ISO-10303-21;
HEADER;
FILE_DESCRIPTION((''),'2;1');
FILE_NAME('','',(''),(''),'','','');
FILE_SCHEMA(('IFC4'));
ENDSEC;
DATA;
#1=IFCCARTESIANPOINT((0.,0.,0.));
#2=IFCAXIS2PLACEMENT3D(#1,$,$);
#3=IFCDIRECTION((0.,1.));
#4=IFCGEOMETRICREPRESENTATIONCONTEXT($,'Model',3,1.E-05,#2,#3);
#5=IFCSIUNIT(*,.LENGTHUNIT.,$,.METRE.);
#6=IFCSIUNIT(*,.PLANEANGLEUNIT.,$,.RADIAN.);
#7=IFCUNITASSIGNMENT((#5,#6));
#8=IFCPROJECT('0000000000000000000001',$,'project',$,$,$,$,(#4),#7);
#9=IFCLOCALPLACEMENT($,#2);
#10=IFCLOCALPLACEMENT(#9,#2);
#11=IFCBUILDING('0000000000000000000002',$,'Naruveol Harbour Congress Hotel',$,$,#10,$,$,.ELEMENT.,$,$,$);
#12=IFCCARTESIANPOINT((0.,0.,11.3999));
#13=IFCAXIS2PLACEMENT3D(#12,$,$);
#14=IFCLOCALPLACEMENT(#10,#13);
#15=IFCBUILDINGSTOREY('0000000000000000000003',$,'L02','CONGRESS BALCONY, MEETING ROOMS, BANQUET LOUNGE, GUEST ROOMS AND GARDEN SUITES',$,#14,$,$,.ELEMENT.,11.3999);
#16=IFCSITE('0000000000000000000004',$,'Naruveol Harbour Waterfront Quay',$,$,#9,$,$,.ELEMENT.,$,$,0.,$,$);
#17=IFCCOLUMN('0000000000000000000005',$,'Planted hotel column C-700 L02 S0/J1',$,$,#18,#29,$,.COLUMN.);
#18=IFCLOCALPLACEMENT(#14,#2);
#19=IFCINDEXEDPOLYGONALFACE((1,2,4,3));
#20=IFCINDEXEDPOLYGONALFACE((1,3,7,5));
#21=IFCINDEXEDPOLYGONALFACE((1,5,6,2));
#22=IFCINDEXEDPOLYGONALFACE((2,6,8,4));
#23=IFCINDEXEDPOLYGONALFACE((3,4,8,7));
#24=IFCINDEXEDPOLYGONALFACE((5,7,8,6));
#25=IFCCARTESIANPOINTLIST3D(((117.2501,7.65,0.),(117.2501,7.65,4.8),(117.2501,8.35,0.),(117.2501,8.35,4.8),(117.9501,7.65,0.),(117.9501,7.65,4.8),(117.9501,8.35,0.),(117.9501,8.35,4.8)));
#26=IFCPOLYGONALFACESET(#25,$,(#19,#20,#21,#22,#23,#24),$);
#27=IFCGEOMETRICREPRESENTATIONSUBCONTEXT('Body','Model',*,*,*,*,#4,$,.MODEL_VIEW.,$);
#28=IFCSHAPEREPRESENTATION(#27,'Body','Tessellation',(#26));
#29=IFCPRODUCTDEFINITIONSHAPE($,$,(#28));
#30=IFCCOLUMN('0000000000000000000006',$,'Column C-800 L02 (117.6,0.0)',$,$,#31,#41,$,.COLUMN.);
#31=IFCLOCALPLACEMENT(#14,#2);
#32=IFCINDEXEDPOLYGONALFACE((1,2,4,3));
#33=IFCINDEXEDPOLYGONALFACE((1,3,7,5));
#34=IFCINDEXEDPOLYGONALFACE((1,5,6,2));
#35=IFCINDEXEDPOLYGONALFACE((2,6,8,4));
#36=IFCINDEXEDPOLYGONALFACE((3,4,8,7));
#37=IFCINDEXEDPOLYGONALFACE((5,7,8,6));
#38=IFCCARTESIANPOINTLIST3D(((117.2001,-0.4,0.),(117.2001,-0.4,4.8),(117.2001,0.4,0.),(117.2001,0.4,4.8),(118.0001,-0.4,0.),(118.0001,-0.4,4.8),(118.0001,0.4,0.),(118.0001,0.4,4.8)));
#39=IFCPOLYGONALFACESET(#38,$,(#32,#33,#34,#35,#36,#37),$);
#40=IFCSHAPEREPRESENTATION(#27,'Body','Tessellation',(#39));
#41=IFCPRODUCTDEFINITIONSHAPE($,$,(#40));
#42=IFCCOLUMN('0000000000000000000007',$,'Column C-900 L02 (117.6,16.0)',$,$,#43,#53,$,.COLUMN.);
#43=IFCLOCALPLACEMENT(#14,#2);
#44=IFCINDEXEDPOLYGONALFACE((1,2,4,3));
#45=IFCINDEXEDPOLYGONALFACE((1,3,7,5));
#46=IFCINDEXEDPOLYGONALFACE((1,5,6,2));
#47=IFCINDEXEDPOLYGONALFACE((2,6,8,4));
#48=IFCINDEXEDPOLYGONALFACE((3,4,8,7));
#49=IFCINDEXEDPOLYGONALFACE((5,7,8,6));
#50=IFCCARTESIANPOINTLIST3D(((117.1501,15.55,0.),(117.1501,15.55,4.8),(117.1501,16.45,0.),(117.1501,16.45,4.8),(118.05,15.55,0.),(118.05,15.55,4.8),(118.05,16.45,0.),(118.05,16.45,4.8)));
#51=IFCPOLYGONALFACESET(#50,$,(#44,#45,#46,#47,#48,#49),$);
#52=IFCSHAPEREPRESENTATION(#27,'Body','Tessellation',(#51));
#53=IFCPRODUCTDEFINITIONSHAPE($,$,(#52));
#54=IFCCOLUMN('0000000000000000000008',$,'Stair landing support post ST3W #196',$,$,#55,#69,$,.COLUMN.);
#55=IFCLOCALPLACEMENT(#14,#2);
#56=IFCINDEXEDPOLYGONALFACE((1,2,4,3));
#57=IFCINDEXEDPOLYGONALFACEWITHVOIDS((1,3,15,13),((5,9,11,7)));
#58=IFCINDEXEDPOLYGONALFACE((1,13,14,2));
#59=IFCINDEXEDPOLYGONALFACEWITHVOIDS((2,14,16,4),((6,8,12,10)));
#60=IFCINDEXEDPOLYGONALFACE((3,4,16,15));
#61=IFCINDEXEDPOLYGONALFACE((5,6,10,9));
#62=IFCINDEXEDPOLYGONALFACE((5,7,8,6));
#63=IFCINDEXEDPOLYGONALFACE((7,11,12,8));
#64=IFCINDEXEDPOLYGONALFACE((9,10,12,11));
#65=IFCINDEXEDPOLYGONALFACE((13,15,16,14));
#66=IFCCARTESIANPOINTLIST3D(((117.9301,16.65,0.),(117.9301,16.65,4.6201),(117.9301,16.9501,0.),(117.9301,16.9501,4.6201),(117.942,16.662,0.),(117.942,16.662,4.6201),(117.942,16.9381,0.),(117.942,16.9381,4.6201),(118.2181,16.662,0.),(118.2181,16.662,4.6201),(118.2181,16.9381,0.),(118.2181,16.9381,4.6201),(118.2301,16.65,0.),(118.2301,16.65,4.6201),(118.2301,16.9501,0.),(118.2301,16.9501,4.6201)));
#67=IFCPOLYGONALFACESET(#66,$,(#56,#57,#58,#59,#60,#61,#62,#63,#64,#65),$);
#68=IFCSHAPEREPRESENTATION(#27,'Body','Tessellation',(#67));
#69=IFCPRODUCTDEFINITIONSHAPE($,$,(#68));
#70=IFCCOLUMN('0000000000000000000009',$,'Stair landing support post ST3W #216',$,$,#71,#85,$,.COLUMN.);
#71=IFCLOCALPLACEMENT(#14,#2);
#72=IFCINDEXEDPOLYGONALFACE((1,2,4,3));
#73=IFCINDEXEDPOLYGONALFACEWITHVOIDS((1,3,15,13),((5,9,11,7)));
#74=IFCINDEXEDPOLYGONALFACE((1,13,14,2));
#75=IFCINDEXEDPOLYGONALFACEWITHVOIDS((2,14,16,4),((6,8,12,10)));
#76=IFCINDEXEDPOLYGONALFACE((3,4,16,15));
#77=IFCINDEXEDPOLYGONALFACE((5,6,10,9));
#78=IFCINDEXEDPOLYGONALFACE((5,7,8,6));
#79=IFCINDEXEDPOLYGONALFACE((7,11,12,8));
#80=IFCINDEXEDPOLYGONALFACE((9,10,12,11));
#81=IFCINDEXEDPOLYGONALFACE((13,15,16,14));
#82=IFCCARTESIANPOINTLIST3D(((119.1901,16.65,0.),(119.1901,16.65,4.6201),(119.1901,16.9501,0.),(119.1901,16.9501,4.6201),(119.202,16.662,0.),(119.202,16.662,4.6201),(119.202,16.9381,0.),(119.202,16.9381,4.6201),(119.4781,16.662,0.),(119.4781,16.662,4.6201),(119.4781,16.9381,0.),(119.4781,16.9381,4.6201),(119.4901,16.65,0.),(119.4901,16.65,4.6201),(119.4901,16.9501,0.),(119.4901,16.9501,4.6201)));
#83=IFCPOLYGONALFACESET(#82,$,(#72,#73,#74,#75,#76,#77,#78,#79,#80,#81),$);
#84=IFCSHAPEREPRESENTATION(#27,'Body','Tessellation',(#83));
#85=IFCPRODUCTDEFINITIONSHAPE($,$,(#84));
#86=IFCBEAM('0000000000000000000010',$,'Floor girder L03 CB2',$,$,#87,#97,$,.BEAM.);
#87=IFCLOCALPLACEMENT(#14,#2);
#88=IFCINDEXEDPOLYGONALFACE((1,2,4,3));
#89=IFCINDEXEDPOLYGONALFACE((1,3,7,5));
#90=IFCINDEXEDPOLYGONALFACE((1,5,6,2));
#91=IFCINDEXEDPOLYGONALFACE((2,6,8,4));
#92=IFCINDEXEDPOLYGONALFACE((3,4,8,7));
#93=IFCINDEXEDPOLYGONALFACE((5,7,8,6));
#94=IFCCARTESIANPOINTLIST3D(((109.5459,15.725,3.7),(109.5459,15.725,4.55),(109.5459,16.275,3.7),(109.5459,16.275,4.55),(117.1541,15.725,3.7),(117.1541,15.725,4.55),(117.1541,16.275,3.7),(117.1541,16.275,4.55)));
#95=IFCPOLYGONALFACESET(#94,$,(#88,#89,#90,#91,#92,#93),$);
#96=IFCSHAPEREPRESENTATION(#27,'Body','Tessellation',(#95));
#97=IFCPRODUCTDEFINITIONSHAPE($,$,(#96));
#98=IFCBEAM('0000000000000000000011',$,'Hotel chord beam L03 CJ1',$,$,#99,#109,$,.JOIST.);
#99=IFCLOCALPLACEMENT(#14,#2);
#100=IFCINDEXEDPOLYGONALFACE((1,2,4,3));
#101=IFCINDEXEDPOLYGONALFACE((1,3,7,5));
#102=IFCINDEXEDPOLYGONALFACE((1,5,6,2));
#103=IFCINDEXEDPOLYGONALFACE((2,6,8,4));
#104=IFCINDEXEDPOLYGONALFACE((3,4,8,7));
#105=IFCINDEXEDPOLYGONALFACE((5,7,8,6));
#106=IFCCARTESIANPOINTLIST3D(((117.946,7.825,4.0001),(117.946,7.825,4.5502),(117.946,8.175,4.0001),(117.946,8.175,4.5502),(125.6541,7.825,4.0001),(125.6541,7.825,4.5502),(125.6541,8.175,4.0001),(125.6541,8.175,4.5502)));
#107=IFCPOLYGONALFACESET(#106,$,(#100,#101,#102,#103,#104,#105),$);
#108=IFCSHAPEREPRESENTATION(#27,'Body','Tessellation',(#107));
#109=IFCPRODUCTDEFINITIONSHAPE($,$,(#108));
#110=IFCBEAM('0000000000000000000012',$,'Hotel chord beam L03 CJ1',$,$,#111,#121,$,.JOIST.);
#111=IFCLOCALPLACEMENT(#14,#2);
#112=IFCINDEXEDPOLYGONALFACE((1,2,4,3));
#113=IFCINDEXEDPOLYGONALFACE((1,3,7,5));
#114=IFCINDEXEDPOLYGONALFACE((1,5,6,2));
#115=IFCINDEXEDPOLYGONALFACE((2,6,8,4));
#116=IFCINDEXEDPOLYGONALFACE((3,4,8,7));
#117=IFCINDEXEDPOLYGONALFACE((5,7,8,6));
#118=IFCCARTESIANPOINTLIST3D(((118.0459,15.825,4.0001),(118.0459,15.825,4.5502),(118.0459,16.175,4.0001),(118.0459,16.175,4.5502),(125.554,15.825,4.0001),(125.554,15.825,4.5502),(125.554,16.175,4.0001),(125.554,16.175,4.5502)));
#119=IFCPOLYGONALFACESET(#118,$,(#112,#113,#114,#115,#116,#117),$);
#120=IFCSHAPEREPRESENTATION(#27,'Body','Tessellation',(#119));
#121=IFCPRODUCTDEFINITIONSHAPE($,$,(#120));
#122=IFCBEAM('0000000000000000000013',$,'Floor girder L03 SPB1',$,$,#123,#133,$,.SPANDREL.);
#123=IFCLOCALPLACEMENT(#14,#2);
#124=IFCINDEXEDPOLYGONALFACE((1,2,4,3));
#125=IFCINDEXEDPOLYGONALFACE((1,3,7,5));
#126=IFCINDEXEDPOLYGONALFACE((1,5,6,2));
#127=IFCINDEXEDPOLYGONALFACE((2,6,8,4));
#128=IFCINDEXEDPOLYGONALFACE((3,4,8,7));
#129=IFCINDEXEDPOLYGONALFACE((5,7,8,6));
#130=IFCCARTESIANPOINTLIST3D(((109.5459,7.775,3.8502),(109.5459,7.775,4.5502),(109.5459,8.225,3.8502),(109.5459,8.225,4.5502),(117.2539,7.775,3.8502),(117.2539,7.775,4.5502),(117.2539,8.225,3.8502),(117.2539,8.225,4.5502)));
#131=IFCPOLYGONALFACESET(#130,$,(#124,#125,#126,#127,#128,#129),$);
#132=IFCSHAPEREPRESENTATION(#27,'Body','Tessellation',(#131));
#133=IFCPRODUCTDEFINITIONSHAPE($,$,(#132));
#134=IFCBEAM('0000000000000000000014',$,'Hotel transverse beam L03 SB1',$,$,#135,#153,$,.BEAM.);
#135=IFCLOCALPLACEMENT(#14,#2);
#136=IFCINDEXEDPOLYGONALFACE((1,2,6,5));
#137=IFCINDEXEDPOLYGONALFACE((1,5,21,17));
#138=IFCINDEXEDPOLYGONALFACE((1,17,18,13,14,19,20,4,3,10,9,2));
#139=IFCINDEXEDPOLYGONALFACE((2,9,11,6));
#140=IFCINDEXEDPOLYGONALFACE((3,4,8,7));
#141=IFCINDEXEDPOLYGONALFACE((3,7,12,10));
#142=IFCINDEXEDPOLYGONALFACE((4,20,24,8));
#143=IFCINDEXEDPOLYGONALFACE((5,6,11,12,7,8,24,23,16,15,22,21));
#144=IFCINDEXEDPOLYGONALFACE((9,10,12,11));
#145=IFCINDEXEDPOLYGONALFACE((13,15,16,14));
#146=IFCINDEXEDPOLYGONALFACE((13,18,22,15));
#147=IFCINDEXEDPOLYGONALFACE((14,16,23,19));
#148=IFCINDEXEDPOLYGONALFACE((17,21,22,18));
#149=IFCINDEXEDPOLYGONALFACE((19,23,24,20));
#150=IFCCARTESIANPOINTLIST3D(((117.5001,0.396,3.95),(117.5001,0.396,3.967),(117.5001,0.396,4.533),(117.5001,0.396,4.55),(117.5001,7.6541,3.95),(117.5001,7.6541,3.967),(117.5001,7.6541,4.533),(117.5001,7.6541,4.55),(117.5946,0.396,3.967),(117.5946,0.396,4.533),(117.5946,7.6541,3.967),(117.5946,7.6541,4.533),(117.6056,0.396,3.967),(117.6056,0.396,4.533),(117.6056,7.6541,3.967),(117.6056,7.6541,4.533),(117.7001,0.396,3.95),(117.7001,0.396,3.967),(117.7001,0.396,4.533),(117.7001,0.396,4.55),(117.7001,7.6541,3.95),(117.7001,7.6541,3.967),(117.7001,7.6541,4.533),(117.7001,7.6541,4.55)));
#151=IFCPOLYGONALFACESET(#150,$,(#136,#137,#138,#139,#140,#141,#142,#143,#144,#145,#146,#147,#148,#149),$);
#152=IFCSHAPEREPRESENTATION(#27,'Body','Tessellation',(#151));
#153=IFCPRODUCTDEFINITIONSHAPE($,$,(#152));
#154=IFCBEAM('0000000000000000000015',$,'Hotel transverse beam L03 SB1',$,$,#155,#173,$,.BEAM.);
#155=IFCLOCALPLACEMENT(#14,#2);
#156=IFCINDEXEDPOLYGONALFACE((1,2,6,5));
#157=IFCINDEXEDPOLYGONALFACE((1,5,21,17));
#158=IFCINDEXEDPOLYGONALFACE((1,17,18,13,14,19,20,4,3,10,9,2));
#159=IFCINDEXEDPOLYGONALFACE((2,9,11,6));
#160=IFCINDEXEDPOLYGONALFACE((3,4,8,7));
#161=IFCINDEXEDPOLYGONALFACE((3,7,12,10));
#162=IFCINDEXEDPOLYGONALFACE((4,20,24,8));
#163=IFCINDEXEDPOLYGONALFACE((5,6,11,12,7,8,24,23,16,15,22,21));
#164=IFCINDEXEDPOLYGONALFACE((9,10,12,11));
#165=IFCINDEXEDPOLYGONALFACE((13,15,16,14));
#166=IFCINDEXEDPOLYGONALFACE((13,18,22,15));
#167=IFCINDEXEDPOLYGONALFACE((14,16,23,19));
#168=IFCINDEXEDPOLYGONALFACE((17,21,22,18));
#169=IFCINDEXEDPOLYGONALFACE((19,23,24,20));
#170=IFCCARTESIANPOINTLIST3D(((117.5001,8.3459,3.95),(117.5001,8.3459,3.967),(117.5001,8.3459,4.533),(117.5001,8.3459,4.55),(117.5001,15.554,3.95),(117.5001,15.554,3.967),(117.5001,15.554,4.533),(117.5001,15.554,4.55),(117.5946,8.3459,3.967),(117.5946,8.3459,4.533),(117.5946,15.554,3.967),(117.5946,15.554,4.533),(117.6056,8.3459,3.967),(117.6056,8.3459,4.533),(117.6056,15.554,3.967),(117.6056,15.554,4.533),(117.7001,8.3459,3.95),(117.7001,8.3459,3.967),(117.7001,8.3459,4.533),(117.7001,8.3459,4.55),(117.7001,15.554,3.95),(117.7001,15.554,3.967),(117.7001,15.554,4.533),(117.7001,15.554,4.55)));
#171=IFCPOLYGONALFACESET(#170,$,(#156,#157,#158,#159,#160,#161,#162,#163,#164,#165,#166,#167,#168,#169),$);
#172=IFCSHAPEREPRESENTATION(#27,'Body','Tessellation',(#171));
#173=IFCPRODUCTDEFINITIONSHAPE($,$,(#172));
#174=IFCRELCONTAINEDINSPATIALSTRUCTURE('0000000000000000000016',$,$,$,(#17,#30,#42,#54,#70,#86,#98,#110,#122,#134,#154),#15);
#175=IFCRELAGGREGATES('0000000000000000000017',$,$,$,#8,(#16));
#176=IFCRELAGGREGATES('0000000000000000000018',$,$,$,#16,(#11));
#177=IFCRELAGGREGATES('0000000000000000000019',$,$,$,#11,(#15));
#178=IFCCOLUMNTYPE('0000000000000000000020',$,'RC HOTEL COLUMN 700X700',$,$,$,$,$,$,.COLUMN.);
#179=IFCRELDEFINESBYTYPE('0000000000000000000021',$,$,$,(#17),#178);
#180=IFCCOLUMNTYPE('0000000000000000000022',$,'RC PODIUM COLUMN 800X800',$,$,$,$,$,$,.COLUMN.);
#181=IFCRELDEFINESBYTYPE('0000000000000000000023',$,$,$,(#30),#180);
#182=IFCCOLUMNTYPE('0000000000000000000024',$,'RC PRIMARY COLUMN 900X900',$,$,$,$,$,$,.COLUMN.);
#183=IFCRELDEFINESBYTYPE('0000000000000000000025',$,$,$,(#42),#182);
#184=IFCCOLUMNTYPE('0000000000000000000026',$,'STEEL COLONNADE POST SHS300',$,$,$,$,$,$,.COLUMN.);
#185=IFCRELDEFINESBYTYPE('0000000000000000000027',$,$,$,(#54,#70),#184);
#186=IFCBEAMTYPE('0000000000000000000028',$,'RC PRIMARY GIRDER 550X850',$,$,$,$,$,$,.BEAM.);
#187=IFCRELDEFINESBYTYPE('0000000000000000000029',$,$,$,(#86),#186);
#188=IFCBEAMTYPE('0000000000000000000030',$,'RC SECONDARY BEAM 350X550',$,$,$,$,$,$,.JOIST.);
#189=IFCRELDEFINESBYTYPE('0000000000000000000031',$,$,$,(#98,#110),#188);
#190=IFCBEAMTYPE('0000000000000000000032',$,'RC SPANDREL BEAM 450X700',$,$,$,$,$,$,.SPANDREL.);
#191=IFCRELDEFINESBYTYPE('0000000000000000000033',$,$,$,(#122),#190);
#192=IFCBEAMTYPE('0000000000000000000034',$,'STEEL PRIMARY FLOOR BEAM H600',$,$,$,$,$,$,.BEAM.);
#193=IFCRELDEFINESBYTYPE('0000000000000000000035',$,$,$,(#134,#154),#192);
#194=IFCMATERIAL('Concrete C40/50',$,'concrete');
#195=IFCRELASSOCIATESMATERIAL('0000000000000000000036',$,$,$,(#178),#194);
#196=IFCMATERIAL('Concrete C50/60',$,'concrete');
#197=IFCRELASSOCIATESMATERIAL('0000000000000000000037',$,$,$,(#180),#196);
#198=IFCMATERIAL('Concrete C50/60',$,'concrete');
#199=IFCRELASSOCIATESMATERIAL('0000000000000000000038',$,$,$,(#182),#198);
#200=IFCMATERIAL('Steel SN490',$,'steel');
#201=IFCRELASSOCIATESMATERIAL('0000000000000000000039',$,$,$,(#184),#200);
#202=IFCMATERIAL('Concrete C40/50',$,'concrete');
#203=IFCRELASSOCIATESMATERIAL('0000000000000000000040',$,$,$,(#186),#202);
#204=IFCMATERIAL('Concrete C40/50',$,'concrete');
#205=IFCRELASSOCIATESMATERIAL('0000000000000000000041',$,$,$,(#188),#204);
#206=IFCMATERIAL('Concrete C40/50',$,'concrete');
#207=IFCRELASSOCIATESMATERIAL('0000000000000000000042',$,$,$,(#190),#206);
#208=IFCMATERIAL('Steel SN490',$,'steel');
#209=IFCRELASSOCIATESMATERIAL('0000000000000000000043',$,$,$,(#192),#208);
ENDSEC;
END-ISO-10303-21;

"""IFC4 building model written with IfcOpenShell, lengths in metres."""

from ifc_helpers import new_model, si_unit, direction, frame, origin, origin_2d, place, context, subcontext, project, spatial, rectangle, hollow_rectangle, i_section, extrude, material, material_profile, profile_set, type_object, element, save


model = new_model("IFC4")

# Units and contexts
model_context = context("Model", 3, precision=1e-05, world=origin(), true_north=direction((0.0, 1.0)))
body_context = subcontext(model_context, "Body", "Model", "MODEL_VIEW")
ifc_project = project(units=[si_unit("LENGTHUNIT", "METRE"), si_unit("PLANEANGLEUNIT", "RADIAN")], contexts=[model_context])

# Site, building, storey
site_placement = place(None, origin())
site = spatial("IfcSite", under=ifc_project, at=site_placement, Name="Naruveol Harbour Waterfront Quay", CompositionType="ELEMENT", RefElevation=0.0)
building_placement = place(site_placement, origin())
building = spatial("IfcBuilding", under=site, at=building_placement, Name="Naruveol Harbour Congress Hotel", CompositionType="ELEMENT")
storey_placement = place(building_placement, frame((0.0, 0.0, 11.3999)))
storey = spatial("IfcBuildingStorey", under=building, at=storey_placement, Name="L02", Description="CONGRESS BALCONY, MEETING ROOMS, BANQUET LOUNGE, GUEST ROOMS AND GARDEN SUITES", CompositionType="ELEMENT", Elevation=11.3999)

# Columns
ifc_material_1 = material(Name="Concrete C40/50", Category="concrete")
ifc_material_profile_1 = material_profile(ifc_material_1, rectangle(XDim=0.7, YDim=0.7, at=origin_2d()), Name="RC-700x700")
ifc_profile_set_1 = profile_set([ifc_material_profile_1], Name="Concrete C40/50")
column_type_1 = type_object("IfcColumnType", Name="RC HOTEL COLUMN 700X700", PredefinedType="COLUMN", material=ifc_profile_set_1)
column_1_placement = place(storey_placement, frame((117.6001, 8.0, 0.0), z_axis=(0.0, 0.0, 1.0), x_axis=(1.0, 0.0, 0.0)))
element("IfcColumn", 1, at=column_1_placement, inside=storey, type_object=column_type_1, Name="Planted hotel column C-700 L02 S0/J1", PredefinedType="COLUMN", context=body_context, shape_type="SweptSolid", body=[
    extrude(rectangle(XDim=0.7, YDim=0.7, at=origin_2d()), origin(), (0.0, 0.0, 1.0), 4.8),
])
ifc_material_2 = material(Name="Concrete C50/60", Category="concrete")
ifc_material_profile_2 = material_profile(ifc_material_2, rectangle(XDim=0.8, YDim=0.8, at=origin_2d()), Name="RC-800x800")
ifc_profile_set_2 = profile_set([ifc_material_profile_2], Name="Concrete C50/60")
column_type_2 = type_object("IfcColumnType", Name="RC PODIUM COLUMN 800X800", PredefinedType="COLUMN", material=ifc_profile_set_2)
column_2_placement = place(storey_placement, frame((117.6001, 0.0, 0.0), z_axis=(0.0, 0.0, 1.0), x_axis=(1.0, 0.0, 0.0)))
element("IfcColumn", 2, at=column_2_placement, inside=storey, type_object=column_type_2, Name="Column C-800 L02 (117.6,0.0)", PredefinedType="COLUMN", context=body_context, shape_type="SweptSolid", body=[
    extrude(rectangle(XDim=0.8, YDim=0.8, at=origin_2d()), origin(), (0.0, 0.0, 1.0), 4.8),
])
ifc_material_3 = material(Name="Concrete C50/60", Category="concrete")
ifc_material_profile_3 = material_profile(ifc_material_3, rectangle(XDim=0.8999, YDim=0.8999, at=origin_2d()), Name="RC-900x900")
ifc_profile_set_3 = profile_set([ifc_material_profile_3], Name="Concrete C50/60")
column_type_3 = type_object("IfcColumnType", Name="RC PRIMARY COLUMN 900X900", PredefinedType="COLUMN", material=ifc_profile_set_3)
column_3_placement = place(storey_placement, frame((117.6001, 16.0, 0.0), z_axis=(0.0, 0.0, 1.0), x_axis=(1.0, 0.0, 0.0)))
element("IfcColumn", 3, at=column_3_placement, inside=storey, type_object=column_type_3, Name="Column C-900 L02 (117.6,16.0)", PredefinedType="COLUMN", context=body_context, shape_type="SweptSolid", body=[
    extrude(rectangle(XDim=0.8999, YDim=0.8999, at=origin_2d()), origin(), (0.0, 0.0, 1.0), 4.8),
])
ifc_material_4 = material(Name="Steel SN490", Category="steel")
ifc_material_profile_4 = material_profile(ifc_material_4, hollow_rectangle(XDim=0.3, YDim=0.3, WallThickness=0.012, at=origin_2d()), Name="SHS-300x300x12")
ifc_profile_set_4 = profile_set([ifc_material_profile_4], Name="Steel SN490")
column_type_4 = type_object("IfcColumnType", Name="STEEL COLONNADE POST SHS300", PredefinedType="COLUMN", material=ifc_profile_set_4)
for number, where, z_axis, x_axis, name in (
    (4, (118.0801, 16.8, 0.0), (0.0, 0.0, 1.0), (1.0, 0.0, 0.0), "Stair landing support post ST3W #196"),
    (5, (119.3401, 16.8, 0.0), (0.0, 0.0, 1.0), (1.0, 0.0, 0.0), "Stair landing support post ST3W #216"),
):
    element("IfcColumn", number, at=place(storey_placement, frame(where, z_axis=z_axis, x_axis=x_axis)), inside=storey, type_object=column_type_4, Name=name, PredefinedType="COLUMN", context=body_context, shape_type="SweptSolid", body=[
        extrude(hollow_rectangle(XDim=0.3, YDim=0.3, WallThickness=0.012, at=origin_2d()), origin(), (0.0, 0.0, 1.0), 4.6201),
    ])

# Beams
ifc_material_5 = material(Name="Concrete C40/50", Category="concrete")
ifc_material_profile_5 = material_profile(ifc_material_5, rectangle(XDim=0.55, YDim=0.8501, at=origin_2d()), Name="RCB-550x850")
ifc_profile_set_5 = profile_set([ifc_material_profile_5], Name="Concrete C40/50")
beam_type_1 = type_object("IfcBeamType", Name="RC PRIMARY GIRDER 550X850", PredefinedType="BEAM", material=ifc_profile_set_5)
beam_1_placement = place(storey_placement, frame((109.5459, 16.0, 4.125), z_axis=(1.0, 0.0, 0.0), x_axis=(0.0, 1.0, 0.0)))
element("IfcBeam", 6, at=beam_1_placement, inside=storey, type_object=beam_type_1, Name="Floor girder L03 CB2", PredefinedType="BEAM", context=body_context, shape_type="SweptSolid", body=[
    extrude(rectangle(XDim=0.55, YDim=0.8501, at=origin_2d()), origin(), (0.0, 0.0, 1.0), 7.6082),
])
ifc_material_6 = material(Name="Concrete C40/50", Category="concrete")
ifc_material_profile_6 = material_profile(ifc_material_6, rectangle(XDim=0.3501, YDim=0.55, at=origin_2d()), Name="RCB-350x550")
ifc_profile_set_6 = profile_set([ifc_material_profile_6], Name="Concrete C40/50")
beam_type_2 = type_object("IfcBeamType", Name="RC SECONDARY BEAM 350X550", PredefinedType="JOIST", material=ifc_profile_set_6)
beam_2_placement = place(storey_placement, frame((117.946, 8.0, 4.2751), z_axis=(1.0, 0.0, 0.0), x_axis=(0.0, 1.0, 0.0)))
element("IfcBeam", 7, at=beam_2_placement, inside=storey, type_object=beam_type_2, Name="Hotel chord beam L03 CJ1", PredefinedType="JOIST", context=body_context, shape_type="SweptSolid", body=[
    extrude(rectangle(XDim=0.3501, YDim=0.55, at=origin_2d()), origin(), (0.0, 0.0, 1.0), 7.708),
])
beam_3_placement = place(storey_placement, frame((118.0459, 16.0, 4.2751), z_axis=(1.0, 0.0, 0.0), x_axis=(0.0, 1.0, 0.0)))
element("IfcBeam", 8, at=beam_3_placement, inside=storey, type_object=beam_type_2, Name="Hotel chord beam L03 CJ1", PredefinedType="JOIST", context=body_context, shape_type="SweptSolid", body=[
    extrude(rectangle(XDim=0.3501, YDim=0.55, at=origin_2d()), origin(), (0.0, 0.0, 1.0), 7.5081),
])
ifc_material_7 = material(Name="Concrete C40/50", Category="concrete")
ifc_material_profile_7 = material_profile(ifc_material_7, rectangle(XDim=0.45, YDim=0.7, at=origin_2d()), Name="RCB-450x700")
ifc_profile_set_7 = profile_set([ifc_material_profile_7], Name="Concrete C40/50")
beam_type_3 = type_object("IfcBeamType", Name="RC SPANDREL BEAM 450X700", PredefinedType="SPANDREL", material=ifc_profile_set_7)
beam_4_placement = place(storey_placement, frame((109.5459, 8.0, 4.2002), z_axis=(1.0, 0.0, 0.0), x_axis=(0.0, 1.0, 0.0)))
element("IfcBeam", 9, at=beam_4_placement, inside=storey, type_object=beam_type_3, Name="Floor girder L03 SPB1", PredefinedType="SPANDREL", context=body_context, shape_type="SweptSolid", body=[
    extrude(rectangle(XDim=0.45, YDim=0.7, at=origin_2d()), origin(), (0.0, 0.0, 1.0), 7.708),
])
ifc_material_8 = material(Name="Steel SN490", Category="steel")
ifc_material_profile_8 = material_profile(ifc_material_8, i_section(OverallWidth=0.2, OverallDepth=0.6001, WebThickness=0.011, FlangeThickness=0.0171, at=origin_2d()), Name="H-600x200x11x17")
ifc_profile_set_8 = profile_set([ifc_material_profile_8], Name="Steel SN490")
beam_type_4 = type_object("IfcBeamType", Name="STEEL PRIMARY FLOOR BEAM H600", PredefinedType="BEAM", material=ifc_profile_set_8)
beam_5_placement = place(storey_placement, frame((117.6001, 0.396, 4.25), z_axis=(0.0, 1.0, 0.0), x_axis=(-1.0, 0.0, 0.0)))
element("IfcBeam", 10, at=beam_5_placement, inside=storey, type_object=beam_type_4, Name="Hotel transverse beam L03 SB1", PredefinedType="BEAM", context=body_context, shape_type="SweptSolid", body=[
    extrude(i_section(OverallWidth=0.2, OverallDepth=0.6001, WebThickness=0.011, FlangeThickness=0.0171, at=origin_2d()), origin(), (0.0, 0.0, 1.0), 7.2581),
])
for number, where, z_axis, x_axis, name in (
    (11, (117.6001, 8.3459, 4.25), (0.0, 1.0, 0.0), (-1.0, 0.0, 0.0), "Hotel transverse beam L03 SB1"),
):
    element("IfcBeam", number, at=place(storey_placement, frame(where, z_axis=z_axis, x_axis=x_axis)), inside=storey, type_object=beam_type_4, Name=name, PredefinedType="BEAM", context=body_context, shape_type="SweptSolid", body=[
        extrude(i_section(OverallWidth=0.2, OverallDepth=0.6001, WebThickness=0.011, FlangeThickness=0.0171, at=origin_2d()), origin(), (0.0, 0.0, 1.0), 7.208),
    ])

save(model, "model.ifc")
